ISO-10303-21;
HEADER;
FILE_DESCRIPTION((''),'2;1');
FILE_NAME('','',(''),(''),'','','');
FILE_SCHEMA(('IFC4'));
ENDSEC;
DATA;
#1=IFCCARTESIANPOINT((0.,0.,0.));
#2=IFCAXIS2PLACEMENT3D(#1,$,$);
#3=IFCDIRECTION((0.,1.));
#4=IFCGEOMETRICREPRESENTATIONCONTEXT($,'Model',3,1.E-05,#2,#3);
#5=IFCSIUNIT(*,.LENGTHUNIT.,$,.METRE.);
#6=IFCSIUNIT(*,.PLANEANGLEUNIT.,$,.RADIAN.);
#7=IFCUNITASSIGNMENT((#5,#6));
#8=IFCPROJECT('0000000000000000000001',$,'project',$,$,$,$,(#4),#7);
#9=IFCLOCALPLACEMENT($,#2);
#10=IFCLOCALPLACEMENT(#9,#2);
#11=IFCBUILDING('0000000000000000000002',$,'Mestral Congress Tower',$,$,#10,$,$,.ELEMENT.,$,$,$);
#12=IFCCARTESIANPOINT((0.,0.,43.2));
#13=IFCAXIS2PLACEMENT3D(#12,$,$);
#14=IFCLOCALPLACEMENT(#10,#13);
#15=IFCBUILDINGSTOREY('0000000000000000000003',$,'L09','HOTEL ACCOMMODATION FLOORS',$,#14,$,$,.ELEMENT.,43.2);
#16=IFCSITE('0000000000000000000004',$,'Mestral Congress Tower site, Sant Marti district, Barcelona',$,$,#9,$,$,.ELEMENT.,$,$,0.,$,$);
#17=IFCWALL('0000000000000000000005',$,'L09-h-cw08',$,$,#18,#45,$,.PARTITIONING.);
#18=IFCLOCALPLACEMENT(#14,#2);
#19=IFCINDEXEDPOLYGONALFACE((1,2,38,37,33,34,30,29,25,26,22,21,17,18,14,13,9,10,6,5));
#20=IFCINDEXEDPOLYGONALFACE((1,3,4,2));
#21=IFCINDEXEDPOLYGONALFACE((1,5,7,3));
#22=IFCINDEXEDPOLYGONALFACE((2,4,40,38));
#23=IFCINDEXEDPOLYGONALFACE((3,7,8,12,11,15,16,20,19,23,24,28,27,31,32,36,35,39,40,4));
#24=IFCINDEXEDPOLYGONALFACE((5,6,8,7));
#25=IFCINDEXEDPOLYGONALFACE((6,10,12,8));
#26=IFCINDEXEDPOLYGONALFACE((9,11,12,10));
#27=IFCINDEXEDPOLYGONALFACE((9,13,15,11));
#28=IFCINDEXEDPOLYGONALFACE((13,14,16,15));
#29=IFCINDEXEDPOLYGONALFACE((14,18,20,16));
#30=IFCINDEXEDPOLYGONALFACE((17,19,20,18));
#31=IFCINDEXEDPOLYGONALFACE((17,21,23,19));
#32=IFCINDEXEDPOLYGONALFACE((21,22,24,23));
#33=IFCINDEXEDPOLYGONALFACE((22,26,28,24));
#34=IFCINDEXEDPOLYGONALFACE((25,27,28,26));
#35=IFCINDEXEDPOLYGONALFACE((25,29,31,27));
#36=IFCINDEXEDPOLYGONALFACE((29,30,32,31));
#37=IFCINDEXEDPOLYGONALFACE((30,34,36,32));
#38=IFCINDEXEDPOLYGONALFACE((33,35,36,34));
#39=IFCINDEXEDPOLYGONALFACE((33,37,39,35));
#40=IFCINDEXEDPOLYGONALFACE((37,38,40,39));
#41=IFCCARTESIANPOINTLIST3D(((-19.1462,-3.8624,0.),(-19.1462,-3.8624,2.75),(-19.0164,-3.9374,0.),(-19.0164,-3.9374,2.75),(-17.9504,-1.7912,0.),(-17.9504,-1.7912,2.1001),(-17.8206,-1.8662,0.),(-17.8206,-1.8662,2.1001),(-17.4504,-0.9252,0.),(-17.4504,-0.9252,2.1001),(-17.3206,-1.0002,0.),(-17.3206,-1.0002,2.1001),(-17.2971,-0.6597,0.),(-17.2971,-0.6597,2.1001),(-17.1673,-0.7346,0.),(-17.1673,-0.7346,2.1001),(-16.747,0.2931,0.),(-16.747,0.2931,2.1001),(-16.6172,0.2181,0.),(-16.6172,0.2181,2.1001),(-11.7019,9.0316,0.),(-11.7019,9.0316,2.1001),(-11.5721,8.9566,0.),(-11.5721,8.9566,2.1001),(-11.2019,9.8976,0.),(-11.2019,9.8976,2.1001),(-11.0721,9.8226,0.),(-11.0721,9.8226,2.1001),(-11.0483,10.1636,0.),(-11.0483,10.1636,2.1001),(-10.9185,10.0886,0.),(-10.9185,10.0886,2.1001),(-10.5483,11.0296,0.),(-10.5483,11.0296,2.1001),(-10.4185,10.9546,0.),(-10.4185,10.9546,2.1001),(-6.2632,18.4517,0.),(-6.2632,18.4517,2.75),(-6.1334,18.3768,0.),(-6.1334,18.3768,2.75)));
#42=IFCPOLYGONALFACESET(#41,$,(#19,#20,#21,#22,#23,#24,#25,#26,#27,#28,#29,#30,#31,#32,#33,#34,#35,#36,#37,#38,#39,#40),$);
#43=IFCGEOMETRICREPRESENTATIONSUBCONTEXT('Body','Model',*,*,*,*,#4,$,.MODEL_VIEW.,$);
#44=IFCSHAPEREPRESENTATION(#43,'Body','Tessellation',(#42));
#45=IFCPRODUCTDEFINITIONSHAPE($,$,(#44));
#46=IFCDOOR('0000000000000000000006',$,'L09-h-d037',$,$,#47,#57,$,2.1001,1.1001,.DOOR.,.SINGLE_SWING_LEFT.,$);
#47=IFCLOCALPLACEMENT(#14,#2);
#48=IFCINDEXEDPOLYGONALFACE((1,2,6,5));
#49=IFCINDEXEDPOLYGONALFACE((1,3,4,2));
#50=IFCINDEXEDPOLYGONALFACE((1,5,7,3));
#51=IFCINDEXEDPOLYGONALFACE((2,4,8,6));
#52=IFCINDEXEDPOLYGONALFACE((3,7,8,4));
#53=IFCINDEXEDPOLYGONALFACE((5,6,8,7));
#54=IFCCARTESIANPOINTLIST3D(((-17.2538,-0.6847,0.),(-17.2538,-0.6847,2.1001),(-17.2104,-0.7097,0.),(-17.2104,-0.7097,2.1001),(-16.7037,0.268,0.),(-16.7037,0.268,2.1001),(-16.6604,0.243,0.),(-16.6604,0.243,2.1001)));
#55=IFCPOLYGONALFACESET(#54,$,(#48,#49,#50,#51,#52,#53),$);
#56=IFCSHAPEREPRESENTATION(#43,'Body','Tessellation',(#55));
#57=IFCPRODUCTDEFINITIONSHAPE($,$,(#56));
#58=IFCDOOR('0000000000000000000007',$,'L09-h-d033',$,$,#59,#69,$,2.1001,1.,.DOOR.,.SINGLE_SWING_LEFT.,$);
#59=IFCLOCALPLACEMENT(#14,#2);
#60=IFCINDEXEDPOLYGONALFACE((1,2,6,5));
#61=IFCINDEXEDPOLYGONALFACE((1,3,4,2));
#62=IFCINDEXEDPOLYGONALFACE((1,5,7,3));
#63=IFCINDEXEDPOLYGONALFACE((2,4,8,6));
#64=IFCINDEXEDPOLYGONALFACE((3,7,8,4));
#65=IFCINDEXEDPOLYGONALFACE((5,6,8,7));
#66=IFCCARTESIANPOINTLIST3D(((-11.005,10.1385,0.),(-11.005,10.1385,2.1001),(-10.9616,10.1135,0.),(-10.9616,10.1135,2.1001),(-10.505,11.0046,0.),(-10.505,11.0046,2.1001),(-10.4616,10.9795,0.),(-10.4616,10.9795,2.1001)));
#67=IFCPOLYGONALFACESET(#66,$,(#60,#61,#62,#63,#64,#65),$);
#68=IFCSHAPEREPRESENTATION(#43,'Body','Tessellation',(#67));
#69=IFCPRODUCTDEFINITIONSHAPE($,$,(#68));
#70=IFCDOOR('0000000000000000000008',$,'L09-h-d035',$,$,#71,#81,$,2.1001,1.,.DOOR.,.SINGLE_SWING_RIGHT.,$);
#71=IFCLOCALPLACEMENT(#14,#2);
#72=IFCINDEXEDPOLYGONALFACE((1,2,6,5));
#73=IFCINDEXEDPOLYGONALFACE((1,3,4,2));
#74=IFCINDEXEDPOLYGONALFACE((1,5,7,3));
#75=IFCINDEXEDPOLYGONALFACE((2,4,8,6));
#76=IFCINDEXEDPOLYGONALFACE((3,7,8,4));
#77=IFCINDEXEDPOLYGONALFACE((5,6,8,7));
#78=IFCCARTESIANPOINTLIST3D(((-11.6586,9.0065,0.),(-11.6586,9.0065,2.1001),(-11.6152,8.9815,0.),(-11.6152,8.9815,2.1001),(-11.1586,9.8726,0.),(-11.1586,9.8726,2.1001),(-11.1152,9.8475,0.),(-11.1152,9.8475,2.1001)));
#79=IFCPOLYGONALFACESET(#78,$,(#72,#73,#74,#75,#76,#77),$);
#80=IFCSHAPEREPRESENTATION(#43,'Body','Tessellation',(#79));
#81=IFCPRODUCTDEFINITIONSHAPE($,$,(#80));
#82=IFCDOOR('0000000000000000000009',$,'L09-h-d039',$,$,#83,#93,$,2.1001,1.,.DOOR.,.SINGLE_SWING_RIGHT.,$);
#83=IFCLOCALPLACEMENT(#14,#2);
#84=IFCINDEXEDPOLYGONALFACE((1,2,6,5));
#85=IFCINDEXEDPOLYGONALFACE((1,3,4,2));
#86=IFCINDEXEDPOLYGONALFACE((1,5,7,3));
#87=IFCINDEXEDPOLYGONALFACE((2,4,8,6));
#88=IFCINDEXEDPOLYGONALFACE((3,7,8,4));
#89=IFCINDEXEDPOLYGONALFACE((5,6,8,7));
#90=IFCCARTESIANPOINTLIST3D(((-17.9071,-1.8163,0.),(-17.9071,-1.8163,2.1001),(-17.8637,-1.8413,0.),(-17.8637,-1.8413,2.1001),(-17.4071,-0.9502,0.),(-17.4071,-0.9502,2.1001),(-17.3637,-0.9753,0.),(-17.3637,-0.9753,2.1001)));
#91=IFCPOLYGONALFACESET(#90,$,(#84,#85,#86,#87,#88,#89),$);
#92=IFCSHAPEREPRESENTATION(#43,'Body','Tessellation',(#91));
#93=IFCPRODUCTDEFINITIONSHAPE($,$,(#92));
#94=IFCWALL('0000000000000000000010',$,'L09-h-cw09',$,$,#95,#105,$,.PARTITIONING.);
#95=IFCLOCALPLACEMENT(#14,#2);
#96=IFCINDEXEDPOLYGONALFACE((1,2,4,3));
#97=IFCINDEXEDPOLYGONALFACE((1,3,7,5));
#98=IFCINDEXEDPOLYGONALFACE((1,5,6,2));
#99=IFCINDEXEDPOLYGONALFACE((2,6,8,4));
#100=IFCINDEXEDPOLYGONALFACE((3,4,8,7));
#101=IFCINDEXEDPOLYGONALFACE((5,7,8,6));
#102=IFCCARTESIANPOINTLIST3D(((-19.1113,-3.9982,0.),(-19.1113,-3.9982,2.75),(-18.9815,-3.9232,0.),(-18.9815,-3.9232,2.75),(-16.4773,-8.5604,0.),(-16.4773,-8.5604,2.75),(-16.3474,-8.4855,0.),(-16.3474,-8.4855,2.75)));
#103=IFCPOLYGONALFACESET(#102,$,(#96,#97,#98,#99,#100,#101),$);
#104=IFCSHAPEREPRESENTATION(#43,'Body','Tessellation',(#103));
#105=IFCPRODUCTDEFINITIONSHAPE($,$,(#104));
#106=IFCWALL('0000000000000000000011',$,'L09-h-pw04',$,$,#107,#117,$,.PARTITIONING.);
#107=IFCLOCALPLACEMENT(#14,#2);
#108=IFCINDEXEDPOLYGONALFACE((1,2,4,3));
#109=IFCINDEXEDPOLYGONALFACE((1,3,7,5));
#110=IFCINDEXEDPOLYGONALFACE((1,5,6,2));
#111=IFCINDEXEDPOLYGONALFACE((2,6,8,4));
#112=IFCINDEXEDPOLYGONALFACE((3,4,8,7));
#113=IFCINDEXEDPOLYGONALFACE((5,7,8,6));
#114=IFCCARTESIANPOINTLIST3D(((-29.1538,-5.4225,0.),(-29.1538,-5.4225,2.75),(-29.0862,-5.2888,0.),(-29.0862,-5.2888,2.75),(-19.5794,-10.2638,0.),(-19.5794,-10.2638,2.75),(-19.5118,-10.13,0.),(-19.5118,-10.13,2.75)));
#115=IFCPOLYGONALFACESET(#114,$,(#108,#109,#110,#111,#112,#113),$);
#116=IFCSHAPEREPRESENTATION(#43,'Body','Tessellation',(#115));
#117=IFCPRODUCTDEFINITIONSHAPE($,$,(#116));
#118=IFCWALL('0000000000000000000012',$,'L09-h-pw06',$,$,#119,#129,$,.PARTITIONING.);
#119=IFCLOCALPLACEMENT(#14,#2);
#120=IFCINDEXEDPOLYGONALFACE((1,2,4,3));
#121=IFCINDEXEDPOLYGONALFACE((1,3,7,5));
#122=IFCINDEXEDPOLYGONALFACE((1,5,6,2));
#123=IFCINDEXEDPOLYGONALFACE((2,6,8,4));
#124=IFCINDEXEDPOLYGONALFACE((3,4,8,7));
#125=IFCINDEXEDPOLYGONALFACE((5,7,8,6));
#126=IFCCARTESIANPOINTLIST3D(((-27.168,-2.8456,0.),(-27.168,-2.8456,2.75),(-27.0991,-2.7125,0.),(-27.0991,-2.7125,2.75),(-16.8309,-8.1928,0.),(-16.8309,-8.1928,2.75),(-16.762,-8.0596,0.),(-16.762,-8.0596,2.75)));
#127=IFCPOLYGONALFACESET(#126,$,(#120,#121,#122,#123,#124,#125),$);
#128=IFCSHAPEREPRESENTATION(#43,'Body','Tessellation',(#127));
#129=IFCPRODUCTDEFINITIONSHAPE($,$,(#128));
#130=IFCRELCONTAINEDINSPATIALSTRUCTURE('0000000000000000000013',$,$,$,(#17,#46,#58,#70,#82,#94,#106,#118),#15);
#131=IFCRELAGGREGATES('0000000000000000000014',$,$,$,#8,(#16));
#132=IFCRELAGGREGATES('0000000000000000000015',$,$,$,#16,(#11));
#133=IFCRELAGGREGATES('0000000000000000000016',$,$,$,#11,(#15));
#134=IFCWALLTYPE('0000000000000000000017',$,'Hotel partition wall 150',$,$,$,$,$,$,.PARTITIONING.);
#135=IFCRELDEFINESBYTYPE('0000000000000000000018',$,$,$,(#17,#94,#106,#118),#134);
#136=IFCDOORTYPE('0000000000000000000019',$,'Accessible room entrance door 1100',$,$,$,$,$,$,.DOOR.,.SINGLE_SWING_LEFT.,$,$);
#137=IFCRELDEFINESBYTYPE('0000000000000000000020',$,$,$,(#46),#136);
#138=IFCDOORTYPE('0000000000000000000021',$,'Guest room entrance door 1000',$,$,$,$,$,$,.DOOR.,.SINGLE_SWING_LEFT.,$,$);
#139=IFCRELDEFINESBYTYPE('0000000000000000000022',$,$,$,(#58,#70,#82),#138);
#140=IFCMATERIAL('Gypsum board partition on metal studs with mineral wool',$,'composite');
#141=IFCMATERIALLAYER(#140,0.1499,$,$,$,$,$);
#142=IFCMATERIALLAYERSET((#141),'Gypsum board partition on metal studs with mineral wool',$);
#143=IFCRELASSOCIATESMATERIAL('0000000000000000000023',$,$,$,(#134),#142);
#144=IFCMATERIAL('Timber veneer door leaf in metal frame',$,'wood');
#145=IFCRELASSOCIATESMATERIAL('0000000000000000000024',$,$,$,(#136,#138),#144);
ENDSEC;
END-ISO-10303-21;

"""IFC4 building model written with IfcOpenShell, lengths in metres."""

from ifc_helpers import new_model, si_unit, direction, frame, frame_2d, origin, place, context, subcontext, project, spatial, rectangle, extrude, material, layer, layer_set, type_object, element, fill, save


model = new_model("IFC4")

# Units and contexts
model_context = context("Model", 3, precision=1e-05, world=origin(), true_north=direction((0.0, 1.0)))
body_context = subcontext(model_context, "Body", "Model", "MODEL_VIEW")
ifc_project = project(units=[si_unit("LENGTHUNIT", "METRE"), si_unit("PLANEANGLEUNIT", "RADIAN")], contexts=[model_context])

# Site, building, storey
site_placement = place(None, origin())
site = spatial("IfcSite", under=ifc_project, at=site_placement, Name="Mestral Congress Tower site, Sant Marti district, Barcelona", CompositionType="ELEMENT", RefElevation=0.0)
building_placement = place(site_placement, origin())
building = spatial("IfcBuilding", under=site, at=building_placement, Name="Mestral Congress Tower", CompositionType="ELEMENT")
storey_placement = place(building_placement, frame((0.0, 0.0, 43.2)))
storey = spatial("IfcBuildingStorey", under=building, at=storey_placement, Name="L09", Description="HOTEL ACCOMMODATION FLOORS", CompositionType="ELEMENT", Elevation=43.2)

# Shared definitions
ifc_material_1 = material(Name="Gypsum board partition on metal studs with mineral wool", Category="composite")

# Wall, openings, doors
ifc_layer_1 = layer(ifc_material_1, 0.1499)
ifc_layer_set_1 = layer_set([ifc_layer_1], Name="Gypsum board partition on metal studs with mineral wool")
wall_type_1 = type_object("IfcWallType", Name="Hotel partition wall 150", PredefinedType="PARTITIONING", material=ifc_layer_set_1)
wall_1_placement = place(storey_placement, frame((-19.0813, -3.8999, 0.0), z_axis=(0.0, 0.0, 1.0), x_axis=(0.499998, 0.866026, 0.0)))
wall_1 = element("IfcWall", 1, at=wall_1_placement, inside=storey, type_object=wall_type_1, Name="L09-h-cw08", PredefinedType="PARTITIONING", context=body_context, shape_type="SweptSolid", body=[
    extrude(rectangle(XDim=25.7661, YDim=0.1499, at=frame_2d((12.8831, 0.0))), origin(), (0.0, 0.0, 1.0), 2.75),
])
opening_1_placement = place(wall_1_placement, frame((16.1958, 0.0, 0.0)))
opening_1 = element("IfcOpeningElement", 2, at=opening_1_placement, cuts=wall_1, PredefinedType="OPENING", context=body_context, shape_type="SweptSolid", body=[
    extrude(rectangle(XDim=1.0, YDim=2.1001, at=frame_2d((0.5, 1.05))), frame((0.0, 0.085, 0.0), z_axis=(0.0, -1.0, 0.0), x_axis=(1.0, 0.0, 0.0)), (0.0, 0.0, 1.0), 0.1699),
])
opening_2_placement = place(wall_1_placement, frame((14.8887, 0.0, 0.0)))
opening_2 = element("IfcOpeningElement", 3, at=opening_2_placement, cuts=wall_1, PredefinedType="OPENING", context=body_context, shape_type="SweptSolid", body=[
    extrude(rectangle(XDim=1.0, YDim=2.1001, at=frame_2d((0.5, 1.05))), frame((0.0, 0.085, 0.0), z_axis=(0.0, -1.0, 0.0), x_axis=(1.0, 0.0, 0.0)), (0.0, 0.0, 1.0), 0.1699),
])
opening_3_placement = place(wall_1_placement, frame((3.6982, 0.0, 0.0)))
opening_3 = element("IfcOpeningElement", 4, at=opening_3_placement, cuts=wall_1, PredefinedType="OPENING", context=body_context, shape_type="SweptSolid", body=[
    extrude(rectangle(XDim=1.1001, YDim=2.1001, at=frame_2d((0.55, 1.05))), frame((0.0, 0.085, 0.0), z_axis=(0.0, -1.0, 0.0), x_axis=(1.0, 0.0, 0.0)), (0.0, 0.0, 1.0), 0.1699),
])
opening_4_placement = place(wall_1_placement, frame((2.3916, 0.0, 0.0)))
opening_4 = element("IfcOpeningElement", 5, at=opening_4_placement, cuts=wall_1, PredefinedType="OPENING", context=body_context, shape_type="SweptSolid", body=[
    extrude(rectangle(XDim=1.0, YDim=2.1001, at=frame_2d((0.5, 1.05))), frame((0.0, 0.085, 0.0), z_axis=(0.0, -1.0, 0.0), x_axis=(1.0, 0.0, 0.0)), (0.0, 0.0, 1.0), 0.1699),
])
ifc_material_2 = material(Name="Timber veneer door leaf in metal frame", Category="wood")
door_type_1 = type_object("IfcDoorType", Name="Accessible room entrance door 1100", OperationType="SINGLE_SWING_LEFT", PredefinedType="DOOR", material=ifc_material_2)
door_1_placement = place(opening_3_placement, origin())
door_1 = element("IfcDoor", 6, at=door_1_placement, inside=storey, type_object=door_type_1, Name="L09-h-d037", OperationType="SINGLE_SWING_LEFT", OverallHeight=2.1001, OverallWidth=1.1001, PredefinedType="DOOR", context=body_context, shape_type="SweptSolid", body=[
    extrude(rectangle(XDim=1.1001, YDim=2.1001, at=frame_2d((0.55, 1.05))), frame((0.0, 0.0249, 0.0), z_axis=(0.0, -1.0, 0.0), x_axis=(1.0, 0.0, 0.0)), (0.0, 0.0, 1.0), 0.05),
])
fill(opening_3, door_1)
door_type_2 = type_object("IfcDoorType", Name="Guest room entrance door 1000", OperationType="SINGLE_SWING_LEFT", PredefinedType="DOOR", material=ifc_material_2)
door_2_placement = place(opening_1_placement, origin())
door_2 = element("IfcDoor", 7, at=door_2_placement, inside=storey, type_object=door_type_2, Name="L09-h-d033", OperationType="SINGLE_SWING_LEFT", OverallHeight=2.1001, OverallWidth=1.0, PredefinedType="DOOR", context=body_context, shape_type="SweptSolid", body=[
    extrude(rectangle(XDim=1.0, YDim=2.1001, at=frame_2d((0.5, 1.05))), frame((0.0, 0.0249, 0.0), z_axis=(0.0, -1.0, 0.0), x_axis=(1.0, 0.0, 0.0)), (0.0, 0.0, 1.0), 0.05),
])
fill(opening_1, door_2)
door_3_placement = place(opening_2_placement, origin())
door_3 = element("IfcDoor", 8, at=door_3_placement, inside=storey, type_object=door_type_2, Name="L09-h-d035", OperationType="SINGLE_SWING_RIGHT", OverallHeight=2.1001, OverallWidth=1.0, PredefinedType="DOOR", context=body_context, shape_type="SweptSolid", body=[
    extrude(rectangle(XDim=1.0, YDim=2.1001, at=frame_2d((0.5, 1.05))), frame((0.0, 0.0249, 0.0), z_axis=(0.0, -1.0, 0.0), x_axis=(1.0, 0.0, 0.0)), (0.0, 0.0, 1.0), 0.05),
])
fill(opening_2, door_3)
door_4_placement = place(opening_4_placement, origin())
door_4 = element("IfcDoor", 9, at=door_4_placement, inside=storey, type_object=door_type_2, Name="L09-h-d039", OperationType="SINGLE_SWING_RIGHT", OverallHeight=2.1001, OverallWidth=1.0, PredefinedType="DOOR", context=body_context, shape_type="SweptSolid", body=[
    extrude(rectangle(XDim=1.0, YDim=2.1001, at=frame_2d((0.5, 1.05))), frame((0.0, 0.0249, 0.0), z_axis=(0.0, -1.0, 0.0), x_axis=(1.0, 0.0, 0.0)), (0.0, 0.0, 1.0), 0.05),
])
fill(opening_4, door_4)

# Walls
wall_2_placement = place(storey_placement, frame((-16.4124, -8.5229, 0.0), z_axis=(0.0, 0.0, 1.0), x_axis=(-0.500002, 0.866024, 0.0)))
element("IfcWall", 10, at=wall_2_placement, inside=storey, type_object=wall_type_1, Name="L09-h-cw09", PredefinedType="PARTITIONING", context=body_context, shape_type="SweptSolid", body=[
    extrude(rectangle(XDim=5.2681, YDim=0.1499, at=frame_2d((2.634, 0.0))), origin(), (0.0, 0.0, 1.0), 2.75),
])
wall_3_placement = place(storey_placement, frame((-29.1199, -5.3557, 0.0), z_axis=(0.0, 0.0, 1.0), x_axis=(0.892402, -0.451241, 0.0)))
element("IfcWall", 11, at=wall_3_placement, inside=storey, type_object=wall_type_1, Name="L09-h-pw04", PredefinedType="PARTITIONING", context=body_context, shape_type="SweptSolid", body=[
    extrude(rectangle(XDim=10.7288, YDim=0.1499, at=frame_2d((5.3643, 0.0))), origin(), (0.0, 0.0, 1.0), 2.75),
])
wall_4_placement = place(storey_placement, frame((-27.1335, -2.7791, 0.0), z_axis=(0.0, 0.0, 1.0), x_axis=(0.888205, -0.459447, 0.0)))
element("IfcWall", 12, at=wall_4_placement, inside=storey, type_object=wall_type_1, Name="L09-h-pw06", PredefinedType="PARTITIONING", context=body_context, shape_type="SweptSolid", body=[
    extrude(rectangle(XDim=11.6382, YDim=0.1499, at=frame_2d((5.8191, 0.0))), origin(), (0.0, 0.0, 1.0), 2.75),
])

save(model, "model.ifc")
